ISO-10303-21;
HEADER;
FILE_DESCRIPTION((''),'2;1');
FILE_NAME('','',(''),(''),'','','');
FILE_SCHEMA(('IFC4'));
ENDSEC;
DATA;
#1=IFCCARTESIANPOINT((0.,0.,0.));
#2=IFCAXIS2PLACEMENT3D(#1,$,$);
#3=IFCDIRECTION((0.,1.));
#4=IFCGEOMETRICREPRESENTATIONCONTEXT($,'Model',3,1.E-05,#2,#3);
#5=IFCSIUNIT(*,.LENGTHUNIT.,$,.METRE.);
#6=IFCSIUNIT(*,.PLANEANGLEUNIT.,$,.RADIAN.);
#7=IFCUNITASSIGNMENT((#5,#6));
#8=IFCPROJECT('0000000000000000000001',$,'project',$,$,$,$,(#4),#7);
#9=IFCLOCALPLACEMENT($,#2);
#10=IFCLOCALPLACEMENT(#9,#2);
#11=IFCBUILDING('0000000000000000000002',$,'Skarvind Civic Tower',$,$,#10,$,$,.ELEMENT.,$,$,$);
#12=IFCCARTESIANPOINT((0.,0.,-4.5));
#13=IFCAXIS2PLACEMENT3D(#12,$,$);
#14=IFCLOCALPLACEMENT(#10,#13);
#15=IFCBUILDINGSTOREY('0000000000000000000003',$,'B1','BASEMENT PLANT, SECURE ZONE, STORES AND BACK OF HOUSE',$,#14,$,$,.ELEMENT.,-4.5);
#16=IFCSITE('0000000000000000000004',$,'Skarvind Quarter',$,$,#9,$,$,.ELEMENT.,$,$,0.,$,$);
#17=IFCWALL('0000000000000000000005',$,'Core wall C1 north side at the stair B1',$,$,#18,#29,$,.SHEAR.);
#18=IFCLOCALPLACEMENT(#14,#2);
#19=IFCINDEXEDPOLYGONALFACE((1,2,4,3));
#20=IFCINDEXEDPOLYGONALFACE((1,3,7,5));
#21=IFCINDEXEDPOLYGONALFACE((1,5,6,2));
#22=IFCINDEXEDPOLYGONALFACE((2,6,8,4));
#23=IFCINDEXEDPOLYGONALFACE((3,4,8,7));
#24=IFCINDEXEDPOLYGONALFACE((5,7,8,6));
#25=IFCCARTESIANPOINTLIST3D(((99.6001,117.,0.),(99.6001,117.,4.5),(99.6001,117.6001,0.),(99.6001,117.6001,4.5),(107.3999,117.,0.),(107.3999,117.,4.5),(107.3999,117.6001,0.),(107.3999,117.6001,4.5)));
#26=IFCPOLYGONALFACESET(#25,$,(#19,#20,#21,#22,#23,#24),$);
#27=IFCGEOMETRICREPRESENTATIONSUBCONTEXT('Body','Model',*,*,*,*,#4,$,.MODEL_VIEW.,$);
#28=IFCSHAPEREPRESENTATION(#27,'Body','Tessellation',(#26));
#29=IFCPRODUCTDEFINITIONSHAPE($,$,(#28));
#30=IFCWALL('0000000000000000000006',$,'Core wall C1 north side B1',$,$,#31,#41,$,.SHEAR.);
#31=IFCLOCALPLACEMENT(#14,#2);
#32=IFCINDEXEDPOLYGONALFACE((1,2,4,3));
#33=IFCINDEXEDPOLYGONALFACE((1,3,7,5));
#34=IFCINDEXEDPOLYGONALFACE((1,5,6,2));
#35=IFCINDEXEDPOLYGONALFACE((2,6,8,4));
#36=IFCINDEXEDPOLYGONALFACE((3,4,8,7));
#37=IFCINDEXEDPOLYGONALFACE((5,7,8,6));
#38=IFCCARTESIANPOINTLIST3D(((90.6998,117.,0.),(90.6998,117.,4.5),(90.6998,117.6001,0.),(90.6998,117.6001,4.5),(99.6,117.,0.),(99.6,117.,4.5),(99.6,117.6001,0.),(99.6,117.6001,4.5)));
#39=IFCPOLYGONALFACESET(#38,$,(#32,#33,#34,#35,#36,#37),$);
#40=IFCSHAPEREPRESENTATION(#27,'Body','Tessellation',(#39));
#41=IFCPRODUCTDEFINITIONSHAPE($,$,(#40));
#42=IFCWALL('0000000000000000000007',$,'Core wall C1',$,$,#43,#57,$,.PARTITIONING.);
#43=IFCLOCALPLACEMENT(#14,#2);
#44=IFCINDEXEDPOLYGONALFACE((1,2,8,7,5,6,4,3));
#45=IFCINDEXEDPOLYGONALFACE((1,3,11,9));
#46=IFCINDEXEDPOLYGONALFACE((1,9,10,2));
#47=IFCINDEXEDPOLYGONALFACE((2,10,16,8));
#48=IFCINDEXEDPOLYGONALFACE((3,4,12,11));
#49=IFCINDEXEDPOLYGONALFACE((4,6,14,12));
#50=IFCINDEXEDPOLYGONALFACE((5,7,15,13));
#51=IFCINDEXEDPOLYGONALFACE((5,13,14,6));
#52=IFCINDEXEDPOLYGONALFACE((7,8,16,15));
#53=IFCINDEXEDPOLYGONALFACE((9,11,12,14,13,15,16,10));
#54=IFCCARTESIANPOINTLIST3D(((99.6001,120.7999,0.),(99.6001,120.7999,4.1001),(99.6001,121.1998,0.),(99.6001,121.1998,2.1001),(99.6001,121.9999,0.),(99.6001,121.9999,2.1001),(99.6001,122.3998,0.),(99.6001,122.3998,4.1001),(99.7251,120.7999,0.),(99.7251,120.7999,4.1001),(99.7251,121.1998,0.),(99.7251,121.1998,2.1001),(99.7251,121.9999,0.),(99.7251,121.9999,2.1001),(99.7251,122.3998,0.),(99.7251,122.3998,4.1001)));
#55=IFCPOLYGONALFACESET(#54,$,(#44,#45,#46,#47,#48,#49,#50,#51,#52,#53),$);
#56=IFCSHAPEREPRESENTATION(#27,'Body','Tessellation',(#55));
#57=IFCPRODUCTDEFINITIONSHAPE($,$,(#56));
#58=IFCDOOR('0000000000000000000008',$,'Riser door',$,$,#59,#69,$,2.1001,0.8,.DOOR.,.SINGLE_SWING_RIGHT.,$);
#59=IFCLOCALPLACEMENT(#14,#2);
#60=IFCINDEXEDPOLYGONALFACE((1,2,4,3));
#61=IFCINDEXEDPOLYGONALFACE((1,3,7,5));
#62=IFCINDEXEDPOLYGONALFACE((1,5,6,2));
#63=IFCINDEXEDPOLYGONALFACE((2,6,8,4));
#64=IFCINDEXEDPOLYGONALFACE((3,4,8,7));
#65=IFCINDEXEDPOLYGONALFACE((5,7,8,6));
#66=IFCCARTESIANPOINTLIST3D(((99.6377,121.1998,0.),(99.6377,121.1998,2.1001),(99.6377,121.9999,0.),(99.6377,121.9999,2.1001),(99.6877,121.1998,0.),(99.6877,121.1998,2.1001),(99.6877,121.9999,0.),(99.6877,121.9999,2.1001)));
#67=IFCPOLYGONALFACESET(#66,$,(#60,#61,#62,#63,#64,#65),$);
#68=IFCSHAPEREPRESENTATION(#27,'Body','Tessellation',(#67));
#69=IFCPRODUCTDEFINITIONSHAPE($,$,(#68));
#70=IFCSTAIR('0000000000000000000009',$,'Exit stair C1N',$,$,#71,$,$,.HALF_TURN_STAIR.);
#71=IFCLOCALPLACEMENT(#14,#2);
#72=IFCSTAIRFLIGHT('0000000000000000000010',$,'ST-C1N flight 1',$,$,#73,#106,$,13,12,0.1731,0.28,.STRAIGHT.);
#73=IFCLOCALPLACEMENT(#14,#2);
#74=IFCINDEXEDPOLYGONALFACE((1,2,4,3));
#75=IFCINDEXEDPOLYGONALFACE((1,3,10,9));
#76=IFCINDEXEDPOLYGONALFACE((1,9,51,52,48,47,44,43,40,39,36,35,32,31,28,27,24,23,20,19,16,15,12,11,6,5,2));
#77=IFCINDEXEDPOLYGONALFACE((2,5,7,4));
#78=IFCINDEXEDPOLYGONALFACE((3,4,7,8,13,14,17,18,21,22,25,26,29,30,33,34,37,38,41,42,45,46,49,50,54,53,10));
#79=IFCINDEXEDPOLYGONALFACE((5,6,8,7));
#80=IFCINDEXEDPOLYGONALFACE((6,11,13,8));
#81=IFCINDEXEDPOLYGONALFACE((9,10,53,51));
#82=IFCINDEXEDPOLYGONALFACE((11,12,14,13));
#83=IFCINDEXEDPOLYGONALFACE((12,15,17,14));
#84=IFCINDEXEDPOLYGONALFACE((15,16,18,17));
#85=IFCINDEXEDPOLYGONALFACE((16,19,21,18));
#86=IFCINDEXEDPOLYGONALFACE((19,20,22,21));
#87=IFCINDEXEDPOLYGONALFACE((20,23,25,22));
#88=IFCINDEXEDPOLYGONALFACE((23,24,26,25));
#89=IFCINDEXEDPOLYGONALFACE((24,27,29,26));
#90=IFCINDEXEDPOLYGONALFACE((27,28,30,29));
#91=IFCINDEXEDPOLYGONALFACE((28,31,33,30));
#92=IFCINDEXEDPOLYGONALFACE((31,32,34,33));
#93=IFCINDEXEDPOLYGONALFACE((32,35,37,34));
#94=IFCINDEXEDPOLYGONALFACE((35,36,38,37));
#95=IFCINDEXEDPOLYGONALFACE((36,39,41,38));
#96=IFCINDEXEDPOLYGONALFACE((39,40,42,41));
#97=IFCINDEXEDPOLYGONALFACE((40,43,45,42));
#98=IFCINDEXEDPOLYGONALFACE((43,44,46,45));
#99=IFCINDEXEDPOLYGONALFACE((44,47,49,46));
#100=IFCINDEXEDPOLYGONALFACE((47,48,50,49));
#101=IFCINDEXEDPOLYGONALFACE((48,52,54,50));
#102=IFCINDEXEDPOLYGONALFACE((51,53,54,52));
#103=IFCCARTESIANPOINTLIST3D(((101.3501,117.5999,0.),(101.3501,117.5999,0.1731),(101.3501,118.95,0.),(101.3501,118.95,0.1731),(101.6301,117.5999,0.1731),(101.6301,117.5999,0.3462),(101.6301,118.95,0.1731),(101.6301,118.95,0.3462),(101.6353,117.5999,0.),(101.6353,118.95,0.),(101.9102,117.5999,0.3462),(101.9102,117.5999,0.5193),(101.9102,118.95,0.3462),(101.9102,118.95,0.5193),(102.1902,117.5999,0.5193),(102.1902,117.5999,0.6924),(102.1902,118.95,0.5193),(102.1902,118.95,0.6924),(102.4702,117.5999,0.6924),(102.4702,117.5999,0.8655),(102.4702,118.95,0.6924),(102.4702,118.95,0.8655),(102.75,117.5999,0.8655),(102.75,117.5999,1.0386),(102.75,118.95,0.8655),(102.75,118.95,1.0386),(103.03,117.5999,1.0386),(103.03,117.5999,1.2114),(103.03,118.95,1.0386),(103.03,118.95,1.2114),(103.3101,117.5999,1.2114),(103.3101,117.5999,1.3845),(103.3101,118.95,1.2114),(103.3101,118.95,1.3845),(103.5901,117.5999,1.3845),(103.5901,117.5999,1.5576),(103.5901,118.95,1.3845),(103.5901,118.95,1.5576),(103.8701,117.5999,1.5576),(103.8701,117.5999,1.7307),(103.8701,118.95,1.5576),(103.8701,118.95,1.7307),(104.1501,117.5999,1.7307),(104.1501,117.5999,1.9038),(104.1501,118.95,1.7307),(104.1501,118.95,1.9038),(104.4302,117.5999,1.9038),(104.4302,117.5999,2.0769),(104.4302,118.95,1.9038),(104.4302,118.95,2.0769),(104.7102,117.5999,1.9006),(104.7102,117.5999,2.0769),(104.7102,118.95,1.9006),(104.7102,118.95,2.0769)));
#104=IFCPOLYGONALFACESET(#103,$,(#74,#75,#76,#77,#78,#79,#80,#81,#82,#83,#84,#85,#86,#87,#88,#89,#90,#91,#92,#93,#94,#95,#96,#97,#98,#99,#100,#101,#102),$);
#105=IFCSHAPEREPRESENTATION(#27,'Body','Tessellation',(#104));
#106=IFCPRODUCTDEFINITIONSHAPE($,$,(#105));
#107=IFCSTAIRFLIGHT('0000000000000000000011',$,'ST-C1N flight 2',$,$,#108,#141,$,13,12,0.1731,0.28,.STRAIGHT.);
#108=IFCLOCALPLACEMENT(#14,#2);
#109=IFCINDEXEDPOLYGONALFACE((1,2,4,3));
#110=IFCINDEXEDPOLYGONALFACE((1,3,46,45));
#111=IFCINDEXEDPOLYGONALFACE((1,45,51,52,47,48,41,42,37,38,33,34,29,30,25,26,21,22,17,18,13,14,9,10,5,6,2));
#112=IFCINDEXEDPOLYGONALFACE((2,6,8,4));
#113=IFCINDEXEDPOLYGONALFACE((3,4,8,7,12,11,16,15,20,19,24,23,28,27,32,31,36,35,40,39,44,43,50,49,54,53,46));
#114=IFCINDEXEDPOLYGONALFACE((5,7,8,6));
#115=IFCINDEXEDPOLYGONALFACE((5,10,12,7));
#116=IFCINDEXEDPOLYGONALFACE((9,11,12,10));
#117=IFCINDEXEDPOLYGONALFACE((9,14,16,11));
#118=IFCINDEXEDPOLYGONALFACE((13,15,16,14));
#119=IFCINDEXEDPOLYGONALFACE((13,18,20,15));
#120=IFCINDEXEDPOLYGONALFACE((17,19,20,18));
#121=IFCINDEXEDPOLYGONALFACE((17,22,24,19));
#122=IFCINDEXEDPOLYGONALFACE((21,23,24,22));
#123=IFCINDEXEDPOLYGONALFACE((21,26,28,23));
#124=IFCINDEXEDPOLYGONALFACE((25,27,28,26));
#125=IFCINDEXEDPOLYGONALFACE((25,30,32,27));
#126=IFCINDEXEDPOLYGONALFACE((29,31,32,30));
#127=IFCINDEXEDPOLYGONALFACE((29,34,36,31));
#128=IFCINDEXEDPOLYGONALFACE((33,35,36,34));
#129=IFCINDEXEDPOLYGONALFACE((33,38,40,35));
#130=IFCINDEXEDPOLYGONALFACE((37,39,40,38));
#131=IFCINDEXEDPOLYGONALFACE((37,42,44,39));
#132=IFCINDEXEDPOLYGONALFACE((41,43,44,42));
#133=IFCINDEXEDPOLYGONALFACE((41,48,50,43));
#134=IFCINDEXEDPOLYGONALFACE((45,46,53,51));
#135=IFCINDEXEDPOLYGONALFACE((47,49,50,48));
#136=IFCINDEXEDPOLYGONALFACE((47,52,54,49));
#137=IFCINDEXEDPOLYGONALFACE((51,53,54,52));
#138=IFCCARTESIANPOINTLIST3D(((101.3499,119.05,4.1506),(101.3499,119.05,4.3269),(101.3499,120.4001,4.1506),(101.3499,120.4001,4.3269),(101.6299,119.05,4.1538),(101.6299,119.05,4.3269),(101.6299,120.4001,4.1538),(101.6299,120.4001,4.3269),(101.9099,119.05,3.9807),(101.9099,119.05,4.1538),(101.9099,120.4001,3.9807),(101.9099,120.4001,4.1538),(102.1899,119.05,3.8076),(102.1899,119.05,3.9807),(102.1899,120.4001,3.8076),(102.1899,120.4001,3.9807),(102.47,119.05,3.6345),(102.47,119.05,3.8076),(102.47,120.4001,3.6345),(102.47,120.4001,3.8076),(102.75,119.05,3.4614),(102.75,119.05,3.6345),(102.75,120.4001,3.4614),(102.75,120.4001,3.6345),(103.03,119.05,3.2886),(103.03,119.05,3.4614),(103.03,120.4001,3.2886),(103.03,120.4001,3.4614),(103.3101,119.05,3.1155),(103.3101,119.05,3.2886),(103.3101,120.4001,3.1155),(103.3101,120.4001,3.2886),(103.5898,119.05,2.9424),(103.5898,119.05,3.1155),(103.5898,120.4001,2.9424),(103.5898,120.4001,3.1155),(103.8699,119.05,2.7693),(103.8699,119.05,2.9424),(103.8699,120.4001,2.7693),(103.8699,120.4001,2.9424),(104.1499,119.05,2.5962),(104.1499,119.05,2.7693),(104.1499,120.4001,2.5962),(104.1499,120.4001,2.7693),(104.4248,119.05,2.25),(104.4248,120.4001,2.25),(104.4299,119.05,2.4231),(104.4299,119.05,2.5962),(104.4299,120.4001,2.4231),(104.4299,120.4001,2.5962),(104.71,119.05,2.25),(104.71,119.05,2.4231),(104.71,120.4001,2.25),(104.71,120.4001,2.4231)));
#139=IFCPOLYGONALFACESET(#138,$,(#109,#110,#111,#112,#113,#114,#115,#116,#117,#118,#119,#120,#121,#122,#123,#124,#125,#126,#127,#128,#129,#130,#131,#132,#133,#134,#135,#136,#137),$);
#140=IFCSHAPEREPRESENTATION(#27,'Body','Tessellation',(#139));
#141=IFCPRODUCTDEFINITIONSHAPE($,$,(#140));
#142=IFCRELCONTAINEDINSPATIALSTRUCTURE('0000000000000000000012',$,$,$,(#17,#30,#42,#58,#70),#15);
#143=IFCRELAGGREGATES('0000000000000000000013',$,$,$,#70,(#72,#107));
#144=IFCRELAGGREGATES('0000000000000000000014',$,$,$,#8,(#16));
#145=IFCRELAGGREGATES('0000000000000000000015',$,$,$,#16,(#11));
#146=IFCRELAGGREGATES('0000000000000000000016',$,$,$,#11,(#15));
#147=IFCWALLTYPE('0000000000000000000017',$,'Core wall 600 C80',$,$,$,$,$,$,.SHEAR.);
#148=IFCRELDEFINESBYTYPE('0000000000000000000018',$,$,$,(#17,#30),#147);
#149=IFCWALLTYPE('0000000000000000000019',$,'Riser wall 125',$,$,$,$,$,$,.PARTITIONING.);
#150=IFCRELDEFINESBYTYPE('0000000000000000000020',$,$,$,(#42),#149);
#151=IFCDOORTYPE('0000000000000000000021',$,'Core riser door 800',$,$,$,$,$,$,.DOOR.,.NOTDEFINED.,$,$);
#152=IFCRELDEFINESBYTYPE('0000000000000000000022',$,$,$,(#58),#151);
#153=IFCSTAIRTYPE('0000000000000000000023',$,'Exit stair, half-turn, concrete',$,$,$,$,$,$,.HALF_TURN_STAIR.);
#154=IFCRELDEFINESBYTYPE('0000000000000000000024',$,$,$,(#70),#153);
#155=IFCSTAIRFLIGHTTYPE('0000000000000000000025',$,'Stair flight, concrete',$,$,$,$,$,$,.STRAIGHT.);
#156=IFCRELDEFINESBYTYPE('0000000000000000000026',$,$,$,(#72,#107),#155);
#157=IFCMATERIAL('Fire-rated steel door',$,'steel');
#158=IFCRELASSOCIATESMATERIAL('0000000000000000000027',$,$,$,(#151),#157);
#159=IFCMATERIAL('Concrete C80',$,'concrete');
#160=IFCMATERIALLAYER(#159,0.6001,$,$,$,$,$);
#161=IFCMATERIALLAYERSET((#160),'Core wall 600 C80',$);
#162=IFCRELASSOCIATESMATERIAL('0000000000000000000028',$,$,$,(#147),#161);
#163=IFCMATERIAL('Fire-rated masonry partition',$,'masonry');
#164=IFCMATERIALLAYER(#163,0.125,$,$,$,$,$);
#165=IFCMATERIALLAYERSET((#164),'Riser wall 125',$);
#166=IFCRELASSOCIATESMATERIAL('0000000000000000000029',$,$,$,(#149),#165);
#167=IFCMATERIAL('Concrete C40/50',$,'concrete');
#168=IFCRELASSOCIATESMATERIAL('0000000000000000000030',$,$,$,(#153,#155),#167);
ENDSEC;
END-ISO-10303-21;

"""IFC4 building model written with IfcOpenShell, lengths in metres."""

from ifc_helpers import new_model, si_unit, direction, frame, frame_2d, origin, place, context, subcontext, project, spatial, polyline, rectangle, outline, extrude, material, layer, layer_set, type_object, element, fill, aggregate, save


model = new_model("IFC4")

# Units and contexts
model_context = context("Model", 3, precision=1e-05, world=origin(), true_north=direction((0.0, 1.0)))
body_context = subcontext(model_context, "Body", "Model", "MODEL_VIEW")
ifc_project = project(units=[si_unit("LENGTHUNIT", "METRE"), si_unit("PLANEANGLEUNIT", "RADIAN")], contexts=[model_context])

# Site, building, storey
site_placement = place(None, origin())
site = spatial("IfcSite", under=ifc_project, at=site_placement, Name="Skarvind Quarter", CompositionType="ELEMENT", RefElevation=0.0)
building_placement = place(site_placement, origin())
building = spatial("IfcBuilding", under=site, at=building_placement, Name="Skarvind Civic Tower", CompositionType="ELEMENT")
storey_placement = place(building_placement, frame((0.0, 0.0, -4.5)))
storey = spatial("IfcBuildingStorey", under=building, at=storey_placement, Name="B1", Description="BASEMENT PLANT, SECURE ZONE, STORES AND BACK OF HOUSE", CompositionType="ELEMENT", Elevation=-4.5)

# Shared definitions
ifc_material_1 = material(Name="Concrete C80", Category="concrete")

# Shared definitions
ifc_material_2 = material(Name="Fire-rated steel door", Category="steel")

# Shared definitions
door_type_1 = type_object("IfcDoorType", Name="Core riser door 800", OperationType="NOTDEFINED", PredefinedType="DOOR", material=ifc_material_2)

# Walls
ifc_layer_1 = layer(ifc_material_1, 0.6001)
ifc_layer_set_1 = layer_set([ifc_layer_1], Name="Core wall 600 C80")
wall_type_1 = type_object("IfcWallType", Name="Core wall 600 C80", PredefinedType="SHEAR", material=ifc_layer_set_1)
wall_1_placement = place(storey_placement, frame((107.3999, 117.3, 0.0), z_axis=(0.0, 0.0, 1.0), x_axis=(-1.0, 0.0, 0.0)))
element("IfcWall", 1, at=wall_1_placement, inside=storey, type_object=wall_type_1, Name="Core wall C1 north side at the stair B1", PredefinedType="SHEAR", context=body_context, shape_type="SweptSolid", body=[
    extrude(rectangle(XDim=7.7998, YDim=0.6001, at=frame_2d((3.8999, 0.0))), origin(), (0.0, 0.0, 1.0), 4.5),
])
wall_2_placement = place(storey_placement, frame((99.6001, 117.3, 0.0), z_axis=(0.0, 0.0, 1.0), x_axis=(-1.0, 0.0, 0.0)))
element("IfcWall", 2, at=wall_2_placement, inside=storey, type_object=wall_type_1, Name="Core wall C1 north side B1", PredefinedType="SHEAR", context=body_context, shape_type="SweptSolid", body=[
    extrude(rectangle(XDim=8.9001, YDim=0.6001, at=frame_2d((4.4502, 0.0))), origin(), (0.0, 0.0, 1.0), 4.5),
])

# Wall, opening, door
ifc_material_3 = material(Name="Fire-rated masonry partition", Category="masonry")
ifc_layer_2 = layer(ifc_material_3, 0.125)
ifc_layer_set_2 = layer_set([ifc_layer_2], Name="Riser wall 125")
wall_type_2 = type_object("IfcWallType", Name="Riser wall 125", PredefinedType="PARTITIONING", material=ifc_layer_set_2)
wall_3_placement = place(storey_placement, frame((99.6626, 120.8, 0.0), z_axis=(0.0, 0.0, 1.0), x_axis=(0.0, 1.0, 0.0)))
wall_3 = element("IfcWall", 3, at=wall_3_placement, inside=storey, type_object=wall_type_2, Name="Core wall C1", PredefinedType="PARTITIONING", context=body_context, shape_type="SweptSolid", body=[
    extrude(rectangle(XDim=1.5999, YDim=0.125, at=frame_2d((0.7998, 0.0))), origin(), (0.0, 0.0, 1.0), 4.1001),
])
opening_1_placement = place(wall_3_placement, frame((0.3999, 0.0, 0.0)))
opening_1 = element("IfcOpeningElement", 4, at=opening_1_placement, cuts=wall_3, PredefinedType="OPENING", context=body_context, shape_type="SweptSolid", body=[
    extrude(rectangle(XDim=0.8, YDim=2.1001, at=frame_2d((0.3999, 1.05))), frame((0.0, 0.0725, 0.0), z_axis=(0.0, -1.0, 0.0), x_axis=(1.0, 0.0, 0.0)), (0.0, 0.0, 1.0), 0.145),
])
door_1_placement = place(opening_1_placement, origin())
door_1 = element("IfcDoor", 5, at=door_1_placement, inside=storey, type_object=door_type_1, Name="Riser door", OperationType="SINGLE_SWING_RIGHT", OverallHeight=2.1001, OverallWidth=0.8, PredefinedType="DOOR", context=body_context, shape_type="SweptSolid", body=[
    extrude(rectangle(XDim=0.8, YDim=2.1001, at=frame_2d((0.3999, 1.05))), frame((0.0, 0.0249, 0.0), z_axis=(0.0, -1.0, 0.0), x_axis=(1.0, 0.0, 0.0)), (0.0, 0.0, 1.0), 0.05),
])
fill(opening_1, door_1)

# Stair, stair flights
ifc_material_4 = material(Name="Concrete C40/50", Category="concrete")
stair_type = type_object("IfcStairType", Name="Exit stair, half-turn, concrete", PredefinedType="HALF_TURN_STAIR", material=ifc_material_4)
stair_placement = place(storey_placement, origin())
stair = element("IfcStair", 6, at=stair_placement, inside=storey, type_object=stair_type, Name="Exit stair C1N", PredefinedType="HALF_TURN_STAIR")
stair_flight_type = type_object("IfcStairFlightType", Name="Stair flight, concrete", PredefinedType="STRAIGHT", material=ifc_material_4)
stair_flight_1_placement = place(storey_placement, frame((101.3501, 118.2749, 0.0), z_axis=(0.0, 0.0, 1.0), x_axis=(1.0, 0.0, 0.0)))
stair_flight_1 = element("IfcStairFlight", 7, at=stair_flight_1_placement, type_object=stair_flight_type, Name="ST-C1N flight 1", NumberOfRisers=13, NumberOfTreads=12, PredefinedType="STRAIGHT", RiserHeight=0.1731, TreadLength=0.28, context=body_context, shape_type="SweptSolid", body=[
    extrude(outline(polyline([(0.0, 0.0), (0.0, 0.1731), (0.28, 0.1731), (0.28, 0.3462), (0.5601, 0.3462), (0.5601, 0.5193), (0.8401, 0.5193), (0.8401, 0.6924), (1.1201, 0.6924), (1.1201, 0.8655), (1.3999, 0.8655), (1.3999, 1.0386), (1.6799, 1.0386), (1.6799, 1.2114), (1.96, 1.2114), (1.96, 1.3845), (2.24, 1.3845), (2.24, 1.5576), (2.52, 1.5576), (2.52, 1.7307), (2.8, 1.7307), (2.8, 1.9038), (3.0801, 1.9038), (3.0801, 2.0769), (3.3601, 2.0769), (3.3601, 2.25), (3.3601, 1.9006), (0.2852, 0.0), (0.0, 0.0)])), frame((0.0, 0.675, 0.0), z_axis=(0.0, -1.0, 0.0), x_axis=(1.0, 0.0, 0.0)), (0.0, 0.0, 1.0), 1.3501),
])
stair_flight_2_placement = place(storey_placement, frame((104.71, 119.7251, 2.25), z_axis=(0.0, 0.0, 1.0), x_axis=(-1.0, 0.0, 0.0)))
stair_flight_2 = element("IfcStairFlight", 8, at=stair_flight_2_placement, type_object=stair_flight_type, Name="ST-C1N flight 2", NumberOfRisers=13, NumberOfTreads=12, PredefinedType="STRAIGHT", RiserHeight=0.1731, TreadLength=0.28, context=body_context, shape_type="SweptSolid", body=[
    extrude(outline(polyline([(0.0, 0.0), (0.0, 0.1731), (0.28, 0.1731), (0.28, 0.3462), (0.5601, 0.3462), (0.5601, 0.5193), (0.8401, 0.5193), (0.8401, 0.6924), (1.1201, 0.6924), (1.1201, 0.8655), (1.3999, 0.8655), (1.3999, 1.0386), (1.6799, 1.0386), (1.6799, 1.2114), (1.96, 1.2114), (1.96, 1.3845), (2.24, 1.3845), (2.24, 1.5576), (2.52, 1.5576), (2.52, 1.7307), (2.8, 1.7307), (2.8, 1.9038), (3.0801, 1.9038), (3.0801, 2.0769), (3.3601, 2.0769), (3.3601, 2.25), (3.3601, 1.9006), (0.2852, 0.0), (0.0, 0.0)])), frame((0.0, 0.675, 0.0), z_axis=(0.0, -1.0, 0.0), x_axis=(1.0, 0.0, 0.0)), (0.0, 0.0, 1.0), 1.3501),
])
aggregate(stair, [stair_flight_1, stair_flight_2])

save(model, "model.ifc")
